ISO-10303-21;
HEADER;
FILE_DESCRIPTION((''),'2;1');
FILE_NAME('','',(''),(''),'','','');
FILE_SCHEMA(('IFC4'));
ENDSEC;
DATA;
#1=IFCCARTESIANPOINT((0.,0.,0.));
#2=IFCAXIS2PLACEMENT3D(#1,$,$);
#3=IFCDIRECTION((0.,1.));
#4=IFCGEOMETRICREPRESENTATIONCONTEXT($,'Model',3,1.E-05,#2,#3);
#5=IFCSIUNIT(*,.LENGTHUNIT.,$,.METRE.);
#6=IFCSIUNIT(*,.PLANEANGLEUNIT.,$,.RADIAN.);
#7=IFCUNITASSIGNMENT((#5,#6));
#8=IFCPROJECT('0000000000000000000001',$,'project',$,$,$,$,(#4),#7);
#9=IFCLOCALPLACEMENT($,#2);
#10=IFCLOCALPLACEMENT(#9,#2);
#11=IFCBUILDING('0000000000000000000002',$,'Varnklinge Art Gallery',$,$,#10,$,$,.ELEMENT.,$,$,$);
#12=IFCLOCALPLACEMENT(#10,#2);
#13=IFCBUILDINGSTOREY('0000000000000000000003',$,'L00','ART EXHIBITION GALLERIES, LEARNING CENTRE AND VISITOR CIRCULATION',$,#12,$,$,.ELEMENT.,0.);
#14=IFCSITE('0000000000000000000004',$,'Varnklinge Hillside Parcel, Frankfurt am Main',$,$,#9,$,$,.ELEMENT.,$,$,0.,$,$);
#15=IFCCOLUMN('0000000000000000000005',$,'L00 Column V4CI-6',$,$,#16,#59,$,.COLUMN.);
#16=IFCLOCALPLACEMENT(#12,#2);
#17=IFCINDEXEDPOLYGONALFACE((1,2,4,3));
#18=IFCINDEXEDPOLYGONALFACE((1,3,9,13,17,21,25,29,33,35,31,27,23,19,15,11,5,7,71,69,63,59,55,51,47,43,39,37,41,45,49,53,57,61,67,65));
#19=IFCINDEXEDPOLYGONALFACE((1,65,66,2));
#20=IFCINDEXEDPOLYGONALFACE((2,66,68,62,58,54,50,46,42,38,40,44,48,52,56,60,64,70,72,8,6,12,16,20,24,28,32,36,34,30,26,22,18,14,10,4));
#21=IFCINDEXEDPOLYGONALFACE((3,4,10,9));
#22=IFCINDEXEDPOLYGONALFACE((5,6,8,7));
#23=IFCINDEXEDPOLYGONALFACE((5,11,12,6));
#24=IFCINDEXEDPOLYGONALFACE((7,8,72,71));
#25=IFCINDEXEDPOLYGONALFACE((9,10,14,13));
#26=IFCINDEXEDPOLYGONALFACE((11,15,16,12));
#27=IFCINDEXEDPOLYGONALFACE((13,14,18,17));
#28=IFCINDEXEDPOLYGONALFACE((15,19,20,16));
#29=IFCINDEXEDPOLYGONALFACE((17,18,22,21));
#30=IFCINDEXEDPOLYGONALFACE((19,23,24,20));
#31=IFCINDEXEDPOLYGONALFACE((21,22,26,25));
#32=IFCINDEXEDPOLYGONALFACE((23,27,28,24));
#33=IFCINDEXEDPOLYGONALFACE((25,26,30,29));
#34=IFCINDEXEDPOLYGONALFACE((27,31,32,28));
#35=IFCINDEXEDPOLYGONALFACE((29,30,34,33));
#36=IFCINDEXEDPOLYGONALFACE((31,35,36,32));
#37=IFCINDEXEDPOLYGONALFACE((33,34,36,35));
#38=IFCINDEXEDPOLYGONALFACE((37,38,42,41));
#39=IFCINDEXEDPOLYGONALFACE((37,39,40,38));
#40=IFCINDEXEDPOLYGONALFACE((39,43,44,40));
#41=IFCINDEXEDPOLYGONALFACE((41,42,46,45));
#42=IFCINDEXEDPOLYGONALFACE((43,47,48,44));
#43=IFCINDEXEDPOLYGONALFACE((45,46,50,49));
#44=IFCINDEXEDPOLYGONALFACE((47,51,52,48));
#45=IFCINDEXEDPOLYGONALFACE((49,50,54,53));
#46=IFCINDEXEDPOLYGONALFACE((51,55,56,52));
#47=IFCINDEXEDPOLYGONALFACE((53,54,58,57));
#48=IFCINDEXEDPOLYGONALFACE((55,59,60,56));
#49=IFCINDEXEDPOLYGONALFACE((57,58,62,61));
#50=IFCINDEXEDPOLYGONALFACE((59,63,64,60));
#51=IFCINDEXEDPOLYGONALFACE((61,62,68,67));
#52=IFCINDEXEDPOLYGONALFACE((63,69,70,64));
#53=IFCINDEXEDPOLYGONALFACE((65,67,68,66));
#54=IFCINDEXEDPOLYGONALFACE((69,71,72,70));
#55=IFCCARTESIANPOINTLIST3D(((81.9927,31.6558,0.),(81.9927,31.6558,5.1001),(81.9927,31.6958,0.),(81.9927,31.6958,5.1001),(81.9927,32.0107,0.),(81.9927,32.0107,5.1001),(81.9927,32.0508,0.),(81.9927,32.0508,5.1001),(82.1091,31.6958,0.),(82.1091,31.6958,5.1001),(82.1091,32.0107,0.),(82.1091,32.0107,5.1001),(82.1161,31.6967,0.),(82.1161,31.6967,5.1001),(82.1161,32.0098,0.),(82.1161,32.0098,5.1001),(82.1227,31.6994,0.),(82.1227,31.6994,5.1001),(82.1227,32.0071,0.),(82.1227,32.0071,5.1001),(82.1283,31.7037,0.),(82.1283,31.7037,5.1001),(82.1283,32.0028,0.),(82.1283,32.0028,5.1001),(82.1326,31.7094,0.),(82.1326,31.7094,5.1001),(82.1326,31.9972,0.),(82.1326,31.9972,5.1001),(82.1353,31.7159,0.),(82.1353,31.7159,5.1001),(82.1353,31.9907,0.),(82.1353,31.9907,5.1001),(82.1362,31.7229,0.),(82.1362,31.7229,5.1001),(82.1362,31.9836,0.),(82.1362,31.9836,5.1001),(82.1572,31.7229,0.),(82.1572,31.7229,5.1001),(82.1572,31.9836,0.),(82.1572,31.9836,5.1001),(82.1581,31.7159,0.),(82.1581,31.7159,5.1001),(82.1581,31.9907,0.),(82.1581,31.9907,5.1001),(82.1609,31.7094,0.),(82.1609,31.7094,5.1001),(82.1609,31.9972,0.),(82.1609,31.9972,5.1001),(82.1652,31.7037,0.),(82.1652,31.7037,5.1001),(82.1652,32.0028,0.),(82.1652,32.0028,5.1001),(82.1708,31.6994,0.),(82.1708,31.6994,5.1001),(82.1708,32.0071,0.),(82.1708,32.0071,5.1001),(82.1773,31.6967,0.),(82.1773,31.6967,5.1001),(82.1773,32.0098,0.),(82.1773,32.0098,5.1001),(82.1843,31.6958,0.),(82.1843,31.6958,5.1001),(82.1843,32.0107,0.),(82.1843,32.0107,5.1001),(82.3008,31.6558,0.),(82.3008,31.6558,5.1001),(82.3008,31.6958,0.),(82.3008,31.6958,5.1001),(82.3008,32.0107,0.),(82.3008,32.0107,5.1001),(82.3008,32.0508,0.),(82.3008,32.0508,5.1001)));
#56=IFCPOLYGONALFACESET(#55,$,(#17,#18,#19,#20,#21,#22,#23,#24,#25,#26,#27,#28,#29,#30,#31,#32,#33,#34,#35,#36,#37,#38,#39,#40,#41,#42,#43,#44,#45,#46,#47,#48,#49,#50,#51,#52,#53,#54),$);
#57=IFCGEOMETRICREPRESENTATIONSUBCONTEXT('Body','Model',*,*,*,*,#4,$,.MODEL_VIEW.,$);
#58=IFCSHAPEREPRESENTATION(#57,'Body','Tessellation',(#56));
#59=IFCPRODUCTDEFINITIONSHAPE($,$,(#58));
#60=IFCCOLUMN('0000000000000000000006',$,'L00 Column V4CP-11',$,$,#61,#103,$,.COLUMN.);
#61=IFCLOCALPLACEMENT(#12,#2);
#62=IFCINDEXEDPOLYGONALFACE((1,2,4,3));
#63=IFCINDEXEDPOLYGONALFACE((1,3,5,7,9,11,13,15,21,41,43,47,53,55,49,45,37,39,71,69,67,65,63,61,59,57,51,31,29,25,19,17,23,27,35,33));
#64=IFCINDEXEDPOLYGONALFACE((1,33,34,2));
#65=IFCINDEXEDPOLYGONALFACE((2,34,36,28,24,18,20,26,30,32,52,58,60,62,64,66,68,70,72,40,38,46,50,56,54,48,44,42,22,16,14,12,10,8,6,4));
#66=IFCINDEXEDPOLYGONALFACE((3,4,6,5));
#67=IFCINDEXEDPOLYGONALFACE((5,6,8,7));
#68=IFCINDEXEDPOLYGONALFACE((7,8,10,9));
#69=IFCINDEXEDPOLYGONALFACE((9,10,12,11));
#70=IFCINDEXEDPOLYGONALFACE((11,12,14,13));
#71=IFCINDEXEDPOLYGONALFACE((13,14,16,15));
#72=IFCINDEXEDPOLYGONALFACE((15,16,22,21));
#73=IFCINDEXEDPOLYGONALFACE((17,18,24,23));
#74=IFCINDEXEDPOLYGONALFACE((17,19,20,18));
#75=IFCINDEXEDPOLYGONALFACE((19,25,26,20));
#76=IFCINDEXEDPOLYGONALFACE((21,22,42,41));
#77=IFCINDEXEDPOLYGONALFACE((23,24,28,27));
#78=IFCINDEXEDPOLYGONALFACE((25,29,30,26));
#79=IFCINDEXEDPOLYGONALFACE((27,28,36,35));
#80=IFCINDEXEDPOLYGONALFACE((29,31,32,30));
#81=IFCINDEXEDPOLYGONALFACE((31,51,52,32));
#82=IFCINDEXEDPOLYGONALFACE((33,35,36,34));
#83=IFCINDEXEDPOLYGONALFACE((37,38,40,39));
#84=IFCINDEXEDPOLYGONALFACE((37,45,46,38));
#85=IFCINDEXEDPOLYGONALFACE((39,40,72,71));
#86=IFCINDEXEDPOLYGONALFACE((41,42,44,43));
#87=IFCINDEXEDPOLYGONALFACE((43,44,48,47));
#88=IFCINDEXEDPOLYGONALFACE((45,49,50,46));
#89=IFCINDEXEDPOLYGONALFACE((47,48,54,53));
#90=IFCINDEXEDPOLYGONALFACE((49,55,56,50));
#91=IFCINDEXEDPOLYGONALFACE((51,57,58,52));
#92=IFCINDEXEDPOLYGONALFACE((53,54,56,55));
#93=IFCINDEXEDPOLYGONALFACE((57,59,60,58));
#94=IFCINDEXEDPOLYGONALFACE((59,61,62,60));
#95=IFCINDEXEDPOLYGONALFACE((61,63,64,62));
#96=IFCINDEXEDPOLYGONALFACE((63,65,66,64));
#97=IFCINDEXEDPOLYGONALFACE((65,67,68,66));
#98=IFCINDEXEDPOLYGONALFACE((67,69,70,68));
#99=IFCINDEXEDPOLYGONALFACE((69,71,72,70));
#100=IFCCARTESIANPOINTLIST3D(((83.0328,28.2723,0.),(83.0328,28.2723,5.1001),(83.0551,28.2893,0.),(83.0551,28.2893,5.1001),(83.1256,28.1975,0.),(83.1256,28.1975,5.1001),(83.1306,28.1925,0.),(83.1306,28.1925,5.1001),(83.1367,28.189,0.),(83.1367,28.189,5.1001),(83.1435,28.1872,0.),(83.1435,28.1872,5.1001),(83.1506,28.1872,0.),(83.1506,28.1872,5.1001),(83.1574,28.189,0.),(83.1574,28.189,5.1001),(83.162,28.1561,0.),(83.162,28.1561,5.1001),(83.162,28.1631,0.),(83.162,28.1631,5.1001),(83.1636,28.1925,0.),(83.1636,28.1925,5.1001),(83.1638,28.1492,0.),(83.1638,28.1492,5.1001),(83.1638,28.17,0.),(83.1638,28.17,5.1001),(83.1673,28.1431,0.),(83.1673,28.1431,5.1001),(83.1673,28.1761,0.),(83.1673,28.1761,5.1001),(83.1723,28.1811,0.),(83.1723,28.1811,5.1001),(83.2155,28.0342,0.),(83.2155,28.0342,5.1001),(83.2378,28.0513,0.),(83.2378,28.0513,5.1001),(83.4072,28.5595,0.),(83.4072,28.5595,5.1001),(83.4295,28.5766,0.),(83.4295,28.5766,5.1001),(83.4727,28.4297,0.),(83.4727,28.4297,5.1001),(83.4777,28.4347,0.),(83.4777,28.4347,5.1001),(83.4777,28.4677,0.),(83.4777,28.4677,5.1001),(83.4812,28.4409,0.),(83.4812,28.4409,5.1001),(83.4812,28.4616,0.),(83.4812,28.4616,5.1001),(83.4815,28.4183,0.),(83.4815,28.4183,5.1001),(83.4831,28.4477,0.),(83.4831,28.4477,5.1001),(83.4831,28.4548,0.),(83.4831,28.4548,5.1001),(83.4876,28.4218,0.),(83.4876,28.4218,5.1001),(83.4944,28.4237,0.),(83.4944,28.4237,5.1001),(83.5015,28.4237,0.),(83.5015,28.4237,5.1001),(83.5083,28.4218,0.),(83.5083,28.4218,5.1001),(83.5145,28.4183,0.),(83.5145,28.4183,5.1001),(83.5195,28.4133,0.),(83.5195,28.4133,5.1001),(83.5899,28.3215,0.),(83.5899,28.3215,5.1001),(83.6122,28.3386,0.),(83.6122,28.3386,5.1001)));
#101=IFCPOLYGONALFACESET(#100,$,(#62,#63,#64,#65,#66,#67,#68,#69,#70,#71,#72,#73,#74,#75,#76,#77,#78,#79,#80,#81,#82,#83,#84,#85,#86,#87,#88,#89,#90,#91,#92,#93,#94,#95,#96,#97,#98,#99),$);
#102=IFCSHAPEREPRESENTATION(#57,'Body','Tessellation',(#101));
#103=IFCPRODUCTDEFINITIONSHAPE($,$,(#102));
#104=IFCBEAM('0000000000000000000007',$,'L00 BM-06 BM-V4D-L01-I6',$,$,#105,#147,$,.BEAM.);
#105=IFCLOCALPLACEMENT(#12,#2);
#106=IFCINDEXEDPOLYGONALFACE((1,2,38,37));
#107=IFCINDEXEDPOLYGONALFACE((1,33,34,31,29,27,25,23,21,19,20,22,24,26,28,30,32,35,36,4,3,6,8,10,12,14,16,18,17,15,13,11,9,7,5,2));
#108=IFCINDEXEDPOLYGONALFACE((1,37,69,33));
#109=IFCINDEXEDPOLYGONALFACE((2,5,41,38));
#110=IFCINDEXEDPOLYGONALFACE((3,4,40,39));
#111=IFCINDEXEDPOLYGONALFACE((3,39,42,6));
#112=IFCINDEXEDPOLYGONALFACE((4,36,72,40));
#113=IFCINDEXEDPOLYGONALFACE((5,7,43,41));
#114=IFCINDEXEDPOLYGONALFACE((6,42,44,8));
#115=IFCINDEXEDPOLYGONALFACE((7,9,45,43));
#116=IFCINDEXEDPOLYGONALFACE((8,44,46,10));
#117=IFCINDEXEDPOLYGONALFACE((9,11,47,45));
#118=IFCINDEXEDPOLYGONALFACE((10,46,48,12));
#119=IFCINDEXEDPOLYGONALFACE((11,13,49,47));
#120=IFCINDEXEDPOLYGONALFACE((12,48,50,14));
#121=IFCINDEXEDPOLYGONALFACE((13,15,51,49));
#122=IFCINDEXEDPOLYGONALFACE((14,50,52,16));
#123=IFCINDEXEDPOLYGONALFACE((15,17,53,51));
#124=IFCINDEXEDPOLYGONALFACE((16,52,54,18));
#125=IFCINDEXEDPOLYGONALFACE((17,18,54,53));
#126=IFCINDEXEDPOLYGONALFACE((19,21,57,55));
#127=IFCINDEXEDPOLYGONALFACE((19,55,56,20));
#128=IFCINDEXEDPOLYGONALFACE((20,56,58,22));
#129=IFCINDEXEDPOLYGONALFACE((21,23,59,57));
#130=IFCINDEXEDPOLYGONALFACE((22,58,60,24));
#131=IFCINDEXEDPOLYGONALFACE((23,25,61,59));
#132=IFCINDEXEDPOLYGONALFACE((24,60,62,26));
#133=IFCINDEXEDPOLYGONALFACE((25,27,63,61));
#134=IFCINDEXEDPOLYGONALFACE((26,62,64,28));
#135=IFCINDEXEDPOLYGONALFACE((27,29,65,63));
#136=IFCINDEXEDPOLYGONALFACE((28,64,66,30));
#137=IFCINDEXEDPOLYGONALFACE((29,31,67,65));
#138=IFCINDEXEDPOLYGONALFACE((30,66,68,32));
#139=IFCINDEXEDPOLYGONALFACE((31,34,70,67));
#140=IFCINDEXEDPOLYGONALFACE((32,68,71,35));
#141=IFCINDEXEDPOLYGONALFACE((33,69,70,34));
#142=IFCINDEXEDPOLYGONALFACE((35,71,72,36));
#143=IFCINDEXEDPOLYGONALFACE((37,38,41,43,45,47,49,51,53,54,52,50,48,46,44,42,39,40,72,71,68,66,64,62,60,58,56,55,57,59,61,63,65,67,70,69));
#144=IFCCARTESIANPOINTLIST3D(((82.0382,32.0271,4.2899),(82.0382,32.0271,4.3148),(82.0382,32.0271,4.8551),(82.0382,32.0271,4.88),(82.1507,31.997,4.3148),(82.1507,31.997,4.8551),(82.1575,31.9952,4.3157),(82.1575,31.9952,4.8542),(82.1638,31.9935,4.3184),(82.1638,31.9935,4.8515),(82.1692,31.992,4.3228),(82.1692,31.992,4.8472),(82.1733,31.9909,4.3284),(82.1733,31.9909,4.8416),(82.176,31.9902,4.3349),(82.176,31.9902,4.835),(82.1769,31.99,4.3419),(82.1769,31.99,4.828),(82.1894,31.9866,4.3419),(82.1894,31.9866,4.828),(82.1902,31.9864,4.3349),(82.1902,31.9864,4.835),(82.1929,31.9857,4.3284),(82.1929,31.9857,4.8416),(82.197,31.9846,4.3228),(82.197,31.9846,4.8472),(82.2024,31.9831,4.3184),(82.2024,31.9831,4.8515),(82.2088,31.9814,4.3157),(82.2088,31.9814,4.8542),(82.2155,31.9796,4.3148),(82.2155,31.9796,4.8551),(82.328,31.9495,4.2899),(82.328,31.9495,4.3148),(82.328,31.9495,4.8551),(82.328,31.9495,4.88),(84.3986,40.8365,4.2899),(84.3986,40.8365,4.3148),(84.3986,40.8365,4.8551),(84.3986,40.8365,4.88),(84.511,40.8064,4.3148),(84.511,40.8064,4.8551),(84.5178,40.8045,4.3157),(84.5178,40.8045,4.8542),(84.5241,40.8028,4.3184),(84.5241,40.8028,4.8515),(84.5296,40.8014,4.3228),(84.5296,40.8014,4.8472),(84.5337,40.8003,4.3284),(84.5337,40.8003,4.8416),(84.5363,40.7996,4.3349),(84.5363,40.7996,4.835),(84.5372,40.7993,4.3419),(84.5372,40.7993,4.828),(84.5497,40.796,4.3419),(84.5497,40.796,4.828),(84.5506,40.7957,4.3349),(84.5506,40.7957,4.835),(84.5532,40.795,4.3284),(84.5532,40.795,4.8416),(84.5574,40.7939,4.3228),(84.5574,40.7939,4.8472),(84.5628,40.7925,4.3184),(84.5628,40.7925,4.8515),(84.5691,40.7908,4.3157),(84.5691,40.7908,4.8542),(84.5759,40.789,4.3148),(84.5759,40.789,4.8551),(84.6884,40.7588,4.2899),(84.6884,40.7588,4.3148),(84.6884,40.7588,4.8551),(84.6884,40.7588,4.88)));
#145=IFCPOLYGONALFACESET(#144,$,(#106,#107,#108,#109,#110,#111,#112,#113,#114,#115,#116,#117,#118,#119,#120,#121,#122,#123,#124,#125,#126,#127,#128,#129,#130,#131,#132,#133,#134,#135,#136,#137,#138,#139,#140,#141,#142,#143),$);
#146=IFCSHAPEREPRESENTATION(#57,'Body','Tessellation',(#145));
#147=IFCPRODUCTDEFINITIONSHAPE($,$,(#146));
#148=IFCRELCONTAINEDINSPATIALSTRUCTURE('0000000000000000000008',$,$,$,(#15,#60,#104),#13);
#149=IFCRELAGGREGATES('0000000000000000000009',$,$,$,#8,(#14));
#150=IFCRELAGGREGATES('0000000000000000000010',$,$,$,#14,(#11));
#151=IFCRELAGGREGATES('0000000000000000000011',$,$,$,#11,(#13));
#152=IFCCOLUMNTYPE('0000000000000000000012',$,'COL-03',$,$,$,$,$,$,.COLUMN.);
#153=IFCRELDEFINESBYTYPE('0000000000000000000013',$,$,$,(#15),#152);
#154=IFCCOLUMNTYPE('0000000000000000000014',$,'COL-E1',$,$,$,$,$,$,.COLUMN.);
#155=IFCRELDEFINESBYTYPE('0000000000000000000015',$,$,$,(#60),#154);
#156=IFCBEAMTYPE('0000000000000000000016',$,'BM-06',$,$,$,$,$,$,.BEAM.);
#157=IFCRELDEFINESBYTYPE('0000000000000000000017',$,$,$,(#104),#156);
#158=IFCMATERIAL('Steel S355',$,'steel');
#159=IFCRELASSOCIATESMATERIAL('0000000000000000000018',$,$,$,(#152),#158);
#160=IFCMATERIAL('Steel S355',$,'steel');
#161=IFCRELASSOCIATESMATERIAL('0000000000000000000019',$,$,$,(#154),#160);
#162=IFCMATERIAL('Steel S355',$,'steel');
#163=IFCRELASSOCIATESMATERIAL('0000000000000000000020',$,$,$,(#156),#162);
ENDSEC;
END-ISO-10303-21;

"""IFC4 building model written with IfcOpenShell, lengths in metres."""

from ifc_helpers import new_model, si_unit, direction, frame, origin, origin_2d, place, context, subcontext, project, spatial, i_section, extrude, material, material_profile, profile_set, type_object, element, save


model = new_model("IFC4")

# Units and contexts
model_context = context("Model", 3, precision=1e-05, world=origin(), true_north=direction((0.0, 1.0)))
body_context = subcontext(model_context, "Body", "Model", "MODEL_VIEW")
ifc_project = project(units=[si_unit("LENGTHUNIT", "METRE"), si_unit("PLANEANGLEUNIT", "RADIAN")], contexts=[model_context])

# Site, building, storey
site_placement = place(None, origin())
site = spatial("IfcSite", under=ifc_project, at=site_placement, Name="Varnklinge Hillside Parcel, Frankfurt am Main", CompositionType="ELEMENT", RefElevation=0.0)
building_placement = place(site_placement, origin())
building = spatial("IfcBuilding", under=site, at=building_placement, Name="Varnklinge Art Gallery", CompositionType="ELEMENT")
storey_placement = place(building_placement, origin())
storey = spatial("IfcBuildingStorey", under=building, at=storey_placement, Name="L00", Description="ART EXHIBITION GALLERIES, LEARNING CENTRE AND VISITOR CIRCULATION", CompositionType="ELEMENT", Elevation=0.0)

# Columns
ifc_material_1 = material(Name="Steel S355", Category="steel")
ifc_material_profile_1 = material_profile(ifc_material_1, i_section(OverallWidth=0.3081, OverallDepth=0.395, WebThickness=0.021, FlangeThickness=0.04, FilletRadius=0.0271, at=origin_2d()), Name="HEM 360")
ifc_profile_set_1 = profile_set([ifc_material_profile_1], Name="Steel S355")
column_type_1 = type_object("IfcColumnType", Name="COL-03", PredefinedType="COLUMN", material=ifc_profile_set_1)
column_1_placement = place(storey_placement, frame((82.1467, 31.8533, 0.0), z_axis=(0.0, 0.0, 1.0), x_axis=(1.0, 0.0, 0.0)))
element("IfcColumn", 1, at=column_1_placement, inside=storey, type_object=column_type_1, Name="L00 Column V4CI-6", PredefinedType="COLUMN", context=body_context, shape_type="SweptSolid", body=[
    extrude(i_section(OverallWidth=0.3081, OverallDepth=0.395, WebThickness=0.021, FlangeThickness=0.04, FilletRadius=0.0271, at=origin_2d()), origin(), (0.0, 0.0, 1.0), 5.1001),
])
ifc_material_2 = material(Name="Steel S355", Category="steel")
ifc_material_profile_2 = material_profile(ifc_material_2, i_section(OverallWidth=0.3, OverallDepth=0.5, WebThickness=0.0144, FlangeThickness=0.0281, FilletRadius=0.0271, at=origin_2d()), Name="HEB 500")
ifc_profile_set_2 = profile_set([ifc_material_profile_2], Name="Steel S355")
column_type_2 = type_object("IfcColumnType", Name="COL-E1", PredefinedType="COLUMN", material=ifc_profile_set_2)
column_2_placement = place(storey_placement, frame((83.3225, 28.3054, 0.0), z_axis=(0.0, 0.0, 1.0), x_axis=(0.608761, -0.793353, 0.0)))
element("IfcColumn", 2, at=column_2_placement, inside=storey, type_object=column_type_2, Name="L00 Column V4CP-11", PredefinedType="COLUMN", context=body_context, shape_type="SweptSolid", body=[
    extrude(i_section(OverallWidth=0.3, OverallDepth=0.5, WebThickness=0.0144, FlangeThickness=0.0281, FilletRadius=0.0271, at=origin_2d()), origin(), (0.0, 0.0, 1.0), 5.1001),
])

# Beam
ifc_material_3 = material(Name="Steel S355", Category="steel")
ifc_material_profile_3 = material_profile(ifc_material_3, i_section(OverallWidth=0.3, OverallDepth=0.5901, WebThickness=0.0129, FlangeThickness=0.0249, FilletRadius=0.0271, at=origin_2d()), Name="HEA 600")
ifc_profile_set_3 = profile_set([ifc_material_profile_3], Name="Steel S355")
beam_type_1 = type_object("IfcBeamType", Name="BM-06", PredefinedType="BEAM", material=ifc_profile_set_3)
beam_1_placement = place(storey_placement, frame((82.1831, 31.9883, 4.585), z_axis=(0.258809, 0.965929, 0.0), x_axis=(-0.965929, 0.258809, 0.0)))
element("IfcBeam", 3, at=beam_1_placement, inside=storey, type_object=beam_type_1, Name="L00 BM-06 BM-V4D-L01-I6", PredefinedType="BEAM", context=body_context, shape_type="SweptSolid", body=[
    extrude(i_section(OverallWidth=0.3, OverallDepth=0.5901, WebThickness=0.0129, FlangeThickness=0.0249, FilletRadius=0.0271, at=origin_2d()), origin(), (0.0, 0.0, 1.0), 9.1201),
])

save(model, "model.ifc")
